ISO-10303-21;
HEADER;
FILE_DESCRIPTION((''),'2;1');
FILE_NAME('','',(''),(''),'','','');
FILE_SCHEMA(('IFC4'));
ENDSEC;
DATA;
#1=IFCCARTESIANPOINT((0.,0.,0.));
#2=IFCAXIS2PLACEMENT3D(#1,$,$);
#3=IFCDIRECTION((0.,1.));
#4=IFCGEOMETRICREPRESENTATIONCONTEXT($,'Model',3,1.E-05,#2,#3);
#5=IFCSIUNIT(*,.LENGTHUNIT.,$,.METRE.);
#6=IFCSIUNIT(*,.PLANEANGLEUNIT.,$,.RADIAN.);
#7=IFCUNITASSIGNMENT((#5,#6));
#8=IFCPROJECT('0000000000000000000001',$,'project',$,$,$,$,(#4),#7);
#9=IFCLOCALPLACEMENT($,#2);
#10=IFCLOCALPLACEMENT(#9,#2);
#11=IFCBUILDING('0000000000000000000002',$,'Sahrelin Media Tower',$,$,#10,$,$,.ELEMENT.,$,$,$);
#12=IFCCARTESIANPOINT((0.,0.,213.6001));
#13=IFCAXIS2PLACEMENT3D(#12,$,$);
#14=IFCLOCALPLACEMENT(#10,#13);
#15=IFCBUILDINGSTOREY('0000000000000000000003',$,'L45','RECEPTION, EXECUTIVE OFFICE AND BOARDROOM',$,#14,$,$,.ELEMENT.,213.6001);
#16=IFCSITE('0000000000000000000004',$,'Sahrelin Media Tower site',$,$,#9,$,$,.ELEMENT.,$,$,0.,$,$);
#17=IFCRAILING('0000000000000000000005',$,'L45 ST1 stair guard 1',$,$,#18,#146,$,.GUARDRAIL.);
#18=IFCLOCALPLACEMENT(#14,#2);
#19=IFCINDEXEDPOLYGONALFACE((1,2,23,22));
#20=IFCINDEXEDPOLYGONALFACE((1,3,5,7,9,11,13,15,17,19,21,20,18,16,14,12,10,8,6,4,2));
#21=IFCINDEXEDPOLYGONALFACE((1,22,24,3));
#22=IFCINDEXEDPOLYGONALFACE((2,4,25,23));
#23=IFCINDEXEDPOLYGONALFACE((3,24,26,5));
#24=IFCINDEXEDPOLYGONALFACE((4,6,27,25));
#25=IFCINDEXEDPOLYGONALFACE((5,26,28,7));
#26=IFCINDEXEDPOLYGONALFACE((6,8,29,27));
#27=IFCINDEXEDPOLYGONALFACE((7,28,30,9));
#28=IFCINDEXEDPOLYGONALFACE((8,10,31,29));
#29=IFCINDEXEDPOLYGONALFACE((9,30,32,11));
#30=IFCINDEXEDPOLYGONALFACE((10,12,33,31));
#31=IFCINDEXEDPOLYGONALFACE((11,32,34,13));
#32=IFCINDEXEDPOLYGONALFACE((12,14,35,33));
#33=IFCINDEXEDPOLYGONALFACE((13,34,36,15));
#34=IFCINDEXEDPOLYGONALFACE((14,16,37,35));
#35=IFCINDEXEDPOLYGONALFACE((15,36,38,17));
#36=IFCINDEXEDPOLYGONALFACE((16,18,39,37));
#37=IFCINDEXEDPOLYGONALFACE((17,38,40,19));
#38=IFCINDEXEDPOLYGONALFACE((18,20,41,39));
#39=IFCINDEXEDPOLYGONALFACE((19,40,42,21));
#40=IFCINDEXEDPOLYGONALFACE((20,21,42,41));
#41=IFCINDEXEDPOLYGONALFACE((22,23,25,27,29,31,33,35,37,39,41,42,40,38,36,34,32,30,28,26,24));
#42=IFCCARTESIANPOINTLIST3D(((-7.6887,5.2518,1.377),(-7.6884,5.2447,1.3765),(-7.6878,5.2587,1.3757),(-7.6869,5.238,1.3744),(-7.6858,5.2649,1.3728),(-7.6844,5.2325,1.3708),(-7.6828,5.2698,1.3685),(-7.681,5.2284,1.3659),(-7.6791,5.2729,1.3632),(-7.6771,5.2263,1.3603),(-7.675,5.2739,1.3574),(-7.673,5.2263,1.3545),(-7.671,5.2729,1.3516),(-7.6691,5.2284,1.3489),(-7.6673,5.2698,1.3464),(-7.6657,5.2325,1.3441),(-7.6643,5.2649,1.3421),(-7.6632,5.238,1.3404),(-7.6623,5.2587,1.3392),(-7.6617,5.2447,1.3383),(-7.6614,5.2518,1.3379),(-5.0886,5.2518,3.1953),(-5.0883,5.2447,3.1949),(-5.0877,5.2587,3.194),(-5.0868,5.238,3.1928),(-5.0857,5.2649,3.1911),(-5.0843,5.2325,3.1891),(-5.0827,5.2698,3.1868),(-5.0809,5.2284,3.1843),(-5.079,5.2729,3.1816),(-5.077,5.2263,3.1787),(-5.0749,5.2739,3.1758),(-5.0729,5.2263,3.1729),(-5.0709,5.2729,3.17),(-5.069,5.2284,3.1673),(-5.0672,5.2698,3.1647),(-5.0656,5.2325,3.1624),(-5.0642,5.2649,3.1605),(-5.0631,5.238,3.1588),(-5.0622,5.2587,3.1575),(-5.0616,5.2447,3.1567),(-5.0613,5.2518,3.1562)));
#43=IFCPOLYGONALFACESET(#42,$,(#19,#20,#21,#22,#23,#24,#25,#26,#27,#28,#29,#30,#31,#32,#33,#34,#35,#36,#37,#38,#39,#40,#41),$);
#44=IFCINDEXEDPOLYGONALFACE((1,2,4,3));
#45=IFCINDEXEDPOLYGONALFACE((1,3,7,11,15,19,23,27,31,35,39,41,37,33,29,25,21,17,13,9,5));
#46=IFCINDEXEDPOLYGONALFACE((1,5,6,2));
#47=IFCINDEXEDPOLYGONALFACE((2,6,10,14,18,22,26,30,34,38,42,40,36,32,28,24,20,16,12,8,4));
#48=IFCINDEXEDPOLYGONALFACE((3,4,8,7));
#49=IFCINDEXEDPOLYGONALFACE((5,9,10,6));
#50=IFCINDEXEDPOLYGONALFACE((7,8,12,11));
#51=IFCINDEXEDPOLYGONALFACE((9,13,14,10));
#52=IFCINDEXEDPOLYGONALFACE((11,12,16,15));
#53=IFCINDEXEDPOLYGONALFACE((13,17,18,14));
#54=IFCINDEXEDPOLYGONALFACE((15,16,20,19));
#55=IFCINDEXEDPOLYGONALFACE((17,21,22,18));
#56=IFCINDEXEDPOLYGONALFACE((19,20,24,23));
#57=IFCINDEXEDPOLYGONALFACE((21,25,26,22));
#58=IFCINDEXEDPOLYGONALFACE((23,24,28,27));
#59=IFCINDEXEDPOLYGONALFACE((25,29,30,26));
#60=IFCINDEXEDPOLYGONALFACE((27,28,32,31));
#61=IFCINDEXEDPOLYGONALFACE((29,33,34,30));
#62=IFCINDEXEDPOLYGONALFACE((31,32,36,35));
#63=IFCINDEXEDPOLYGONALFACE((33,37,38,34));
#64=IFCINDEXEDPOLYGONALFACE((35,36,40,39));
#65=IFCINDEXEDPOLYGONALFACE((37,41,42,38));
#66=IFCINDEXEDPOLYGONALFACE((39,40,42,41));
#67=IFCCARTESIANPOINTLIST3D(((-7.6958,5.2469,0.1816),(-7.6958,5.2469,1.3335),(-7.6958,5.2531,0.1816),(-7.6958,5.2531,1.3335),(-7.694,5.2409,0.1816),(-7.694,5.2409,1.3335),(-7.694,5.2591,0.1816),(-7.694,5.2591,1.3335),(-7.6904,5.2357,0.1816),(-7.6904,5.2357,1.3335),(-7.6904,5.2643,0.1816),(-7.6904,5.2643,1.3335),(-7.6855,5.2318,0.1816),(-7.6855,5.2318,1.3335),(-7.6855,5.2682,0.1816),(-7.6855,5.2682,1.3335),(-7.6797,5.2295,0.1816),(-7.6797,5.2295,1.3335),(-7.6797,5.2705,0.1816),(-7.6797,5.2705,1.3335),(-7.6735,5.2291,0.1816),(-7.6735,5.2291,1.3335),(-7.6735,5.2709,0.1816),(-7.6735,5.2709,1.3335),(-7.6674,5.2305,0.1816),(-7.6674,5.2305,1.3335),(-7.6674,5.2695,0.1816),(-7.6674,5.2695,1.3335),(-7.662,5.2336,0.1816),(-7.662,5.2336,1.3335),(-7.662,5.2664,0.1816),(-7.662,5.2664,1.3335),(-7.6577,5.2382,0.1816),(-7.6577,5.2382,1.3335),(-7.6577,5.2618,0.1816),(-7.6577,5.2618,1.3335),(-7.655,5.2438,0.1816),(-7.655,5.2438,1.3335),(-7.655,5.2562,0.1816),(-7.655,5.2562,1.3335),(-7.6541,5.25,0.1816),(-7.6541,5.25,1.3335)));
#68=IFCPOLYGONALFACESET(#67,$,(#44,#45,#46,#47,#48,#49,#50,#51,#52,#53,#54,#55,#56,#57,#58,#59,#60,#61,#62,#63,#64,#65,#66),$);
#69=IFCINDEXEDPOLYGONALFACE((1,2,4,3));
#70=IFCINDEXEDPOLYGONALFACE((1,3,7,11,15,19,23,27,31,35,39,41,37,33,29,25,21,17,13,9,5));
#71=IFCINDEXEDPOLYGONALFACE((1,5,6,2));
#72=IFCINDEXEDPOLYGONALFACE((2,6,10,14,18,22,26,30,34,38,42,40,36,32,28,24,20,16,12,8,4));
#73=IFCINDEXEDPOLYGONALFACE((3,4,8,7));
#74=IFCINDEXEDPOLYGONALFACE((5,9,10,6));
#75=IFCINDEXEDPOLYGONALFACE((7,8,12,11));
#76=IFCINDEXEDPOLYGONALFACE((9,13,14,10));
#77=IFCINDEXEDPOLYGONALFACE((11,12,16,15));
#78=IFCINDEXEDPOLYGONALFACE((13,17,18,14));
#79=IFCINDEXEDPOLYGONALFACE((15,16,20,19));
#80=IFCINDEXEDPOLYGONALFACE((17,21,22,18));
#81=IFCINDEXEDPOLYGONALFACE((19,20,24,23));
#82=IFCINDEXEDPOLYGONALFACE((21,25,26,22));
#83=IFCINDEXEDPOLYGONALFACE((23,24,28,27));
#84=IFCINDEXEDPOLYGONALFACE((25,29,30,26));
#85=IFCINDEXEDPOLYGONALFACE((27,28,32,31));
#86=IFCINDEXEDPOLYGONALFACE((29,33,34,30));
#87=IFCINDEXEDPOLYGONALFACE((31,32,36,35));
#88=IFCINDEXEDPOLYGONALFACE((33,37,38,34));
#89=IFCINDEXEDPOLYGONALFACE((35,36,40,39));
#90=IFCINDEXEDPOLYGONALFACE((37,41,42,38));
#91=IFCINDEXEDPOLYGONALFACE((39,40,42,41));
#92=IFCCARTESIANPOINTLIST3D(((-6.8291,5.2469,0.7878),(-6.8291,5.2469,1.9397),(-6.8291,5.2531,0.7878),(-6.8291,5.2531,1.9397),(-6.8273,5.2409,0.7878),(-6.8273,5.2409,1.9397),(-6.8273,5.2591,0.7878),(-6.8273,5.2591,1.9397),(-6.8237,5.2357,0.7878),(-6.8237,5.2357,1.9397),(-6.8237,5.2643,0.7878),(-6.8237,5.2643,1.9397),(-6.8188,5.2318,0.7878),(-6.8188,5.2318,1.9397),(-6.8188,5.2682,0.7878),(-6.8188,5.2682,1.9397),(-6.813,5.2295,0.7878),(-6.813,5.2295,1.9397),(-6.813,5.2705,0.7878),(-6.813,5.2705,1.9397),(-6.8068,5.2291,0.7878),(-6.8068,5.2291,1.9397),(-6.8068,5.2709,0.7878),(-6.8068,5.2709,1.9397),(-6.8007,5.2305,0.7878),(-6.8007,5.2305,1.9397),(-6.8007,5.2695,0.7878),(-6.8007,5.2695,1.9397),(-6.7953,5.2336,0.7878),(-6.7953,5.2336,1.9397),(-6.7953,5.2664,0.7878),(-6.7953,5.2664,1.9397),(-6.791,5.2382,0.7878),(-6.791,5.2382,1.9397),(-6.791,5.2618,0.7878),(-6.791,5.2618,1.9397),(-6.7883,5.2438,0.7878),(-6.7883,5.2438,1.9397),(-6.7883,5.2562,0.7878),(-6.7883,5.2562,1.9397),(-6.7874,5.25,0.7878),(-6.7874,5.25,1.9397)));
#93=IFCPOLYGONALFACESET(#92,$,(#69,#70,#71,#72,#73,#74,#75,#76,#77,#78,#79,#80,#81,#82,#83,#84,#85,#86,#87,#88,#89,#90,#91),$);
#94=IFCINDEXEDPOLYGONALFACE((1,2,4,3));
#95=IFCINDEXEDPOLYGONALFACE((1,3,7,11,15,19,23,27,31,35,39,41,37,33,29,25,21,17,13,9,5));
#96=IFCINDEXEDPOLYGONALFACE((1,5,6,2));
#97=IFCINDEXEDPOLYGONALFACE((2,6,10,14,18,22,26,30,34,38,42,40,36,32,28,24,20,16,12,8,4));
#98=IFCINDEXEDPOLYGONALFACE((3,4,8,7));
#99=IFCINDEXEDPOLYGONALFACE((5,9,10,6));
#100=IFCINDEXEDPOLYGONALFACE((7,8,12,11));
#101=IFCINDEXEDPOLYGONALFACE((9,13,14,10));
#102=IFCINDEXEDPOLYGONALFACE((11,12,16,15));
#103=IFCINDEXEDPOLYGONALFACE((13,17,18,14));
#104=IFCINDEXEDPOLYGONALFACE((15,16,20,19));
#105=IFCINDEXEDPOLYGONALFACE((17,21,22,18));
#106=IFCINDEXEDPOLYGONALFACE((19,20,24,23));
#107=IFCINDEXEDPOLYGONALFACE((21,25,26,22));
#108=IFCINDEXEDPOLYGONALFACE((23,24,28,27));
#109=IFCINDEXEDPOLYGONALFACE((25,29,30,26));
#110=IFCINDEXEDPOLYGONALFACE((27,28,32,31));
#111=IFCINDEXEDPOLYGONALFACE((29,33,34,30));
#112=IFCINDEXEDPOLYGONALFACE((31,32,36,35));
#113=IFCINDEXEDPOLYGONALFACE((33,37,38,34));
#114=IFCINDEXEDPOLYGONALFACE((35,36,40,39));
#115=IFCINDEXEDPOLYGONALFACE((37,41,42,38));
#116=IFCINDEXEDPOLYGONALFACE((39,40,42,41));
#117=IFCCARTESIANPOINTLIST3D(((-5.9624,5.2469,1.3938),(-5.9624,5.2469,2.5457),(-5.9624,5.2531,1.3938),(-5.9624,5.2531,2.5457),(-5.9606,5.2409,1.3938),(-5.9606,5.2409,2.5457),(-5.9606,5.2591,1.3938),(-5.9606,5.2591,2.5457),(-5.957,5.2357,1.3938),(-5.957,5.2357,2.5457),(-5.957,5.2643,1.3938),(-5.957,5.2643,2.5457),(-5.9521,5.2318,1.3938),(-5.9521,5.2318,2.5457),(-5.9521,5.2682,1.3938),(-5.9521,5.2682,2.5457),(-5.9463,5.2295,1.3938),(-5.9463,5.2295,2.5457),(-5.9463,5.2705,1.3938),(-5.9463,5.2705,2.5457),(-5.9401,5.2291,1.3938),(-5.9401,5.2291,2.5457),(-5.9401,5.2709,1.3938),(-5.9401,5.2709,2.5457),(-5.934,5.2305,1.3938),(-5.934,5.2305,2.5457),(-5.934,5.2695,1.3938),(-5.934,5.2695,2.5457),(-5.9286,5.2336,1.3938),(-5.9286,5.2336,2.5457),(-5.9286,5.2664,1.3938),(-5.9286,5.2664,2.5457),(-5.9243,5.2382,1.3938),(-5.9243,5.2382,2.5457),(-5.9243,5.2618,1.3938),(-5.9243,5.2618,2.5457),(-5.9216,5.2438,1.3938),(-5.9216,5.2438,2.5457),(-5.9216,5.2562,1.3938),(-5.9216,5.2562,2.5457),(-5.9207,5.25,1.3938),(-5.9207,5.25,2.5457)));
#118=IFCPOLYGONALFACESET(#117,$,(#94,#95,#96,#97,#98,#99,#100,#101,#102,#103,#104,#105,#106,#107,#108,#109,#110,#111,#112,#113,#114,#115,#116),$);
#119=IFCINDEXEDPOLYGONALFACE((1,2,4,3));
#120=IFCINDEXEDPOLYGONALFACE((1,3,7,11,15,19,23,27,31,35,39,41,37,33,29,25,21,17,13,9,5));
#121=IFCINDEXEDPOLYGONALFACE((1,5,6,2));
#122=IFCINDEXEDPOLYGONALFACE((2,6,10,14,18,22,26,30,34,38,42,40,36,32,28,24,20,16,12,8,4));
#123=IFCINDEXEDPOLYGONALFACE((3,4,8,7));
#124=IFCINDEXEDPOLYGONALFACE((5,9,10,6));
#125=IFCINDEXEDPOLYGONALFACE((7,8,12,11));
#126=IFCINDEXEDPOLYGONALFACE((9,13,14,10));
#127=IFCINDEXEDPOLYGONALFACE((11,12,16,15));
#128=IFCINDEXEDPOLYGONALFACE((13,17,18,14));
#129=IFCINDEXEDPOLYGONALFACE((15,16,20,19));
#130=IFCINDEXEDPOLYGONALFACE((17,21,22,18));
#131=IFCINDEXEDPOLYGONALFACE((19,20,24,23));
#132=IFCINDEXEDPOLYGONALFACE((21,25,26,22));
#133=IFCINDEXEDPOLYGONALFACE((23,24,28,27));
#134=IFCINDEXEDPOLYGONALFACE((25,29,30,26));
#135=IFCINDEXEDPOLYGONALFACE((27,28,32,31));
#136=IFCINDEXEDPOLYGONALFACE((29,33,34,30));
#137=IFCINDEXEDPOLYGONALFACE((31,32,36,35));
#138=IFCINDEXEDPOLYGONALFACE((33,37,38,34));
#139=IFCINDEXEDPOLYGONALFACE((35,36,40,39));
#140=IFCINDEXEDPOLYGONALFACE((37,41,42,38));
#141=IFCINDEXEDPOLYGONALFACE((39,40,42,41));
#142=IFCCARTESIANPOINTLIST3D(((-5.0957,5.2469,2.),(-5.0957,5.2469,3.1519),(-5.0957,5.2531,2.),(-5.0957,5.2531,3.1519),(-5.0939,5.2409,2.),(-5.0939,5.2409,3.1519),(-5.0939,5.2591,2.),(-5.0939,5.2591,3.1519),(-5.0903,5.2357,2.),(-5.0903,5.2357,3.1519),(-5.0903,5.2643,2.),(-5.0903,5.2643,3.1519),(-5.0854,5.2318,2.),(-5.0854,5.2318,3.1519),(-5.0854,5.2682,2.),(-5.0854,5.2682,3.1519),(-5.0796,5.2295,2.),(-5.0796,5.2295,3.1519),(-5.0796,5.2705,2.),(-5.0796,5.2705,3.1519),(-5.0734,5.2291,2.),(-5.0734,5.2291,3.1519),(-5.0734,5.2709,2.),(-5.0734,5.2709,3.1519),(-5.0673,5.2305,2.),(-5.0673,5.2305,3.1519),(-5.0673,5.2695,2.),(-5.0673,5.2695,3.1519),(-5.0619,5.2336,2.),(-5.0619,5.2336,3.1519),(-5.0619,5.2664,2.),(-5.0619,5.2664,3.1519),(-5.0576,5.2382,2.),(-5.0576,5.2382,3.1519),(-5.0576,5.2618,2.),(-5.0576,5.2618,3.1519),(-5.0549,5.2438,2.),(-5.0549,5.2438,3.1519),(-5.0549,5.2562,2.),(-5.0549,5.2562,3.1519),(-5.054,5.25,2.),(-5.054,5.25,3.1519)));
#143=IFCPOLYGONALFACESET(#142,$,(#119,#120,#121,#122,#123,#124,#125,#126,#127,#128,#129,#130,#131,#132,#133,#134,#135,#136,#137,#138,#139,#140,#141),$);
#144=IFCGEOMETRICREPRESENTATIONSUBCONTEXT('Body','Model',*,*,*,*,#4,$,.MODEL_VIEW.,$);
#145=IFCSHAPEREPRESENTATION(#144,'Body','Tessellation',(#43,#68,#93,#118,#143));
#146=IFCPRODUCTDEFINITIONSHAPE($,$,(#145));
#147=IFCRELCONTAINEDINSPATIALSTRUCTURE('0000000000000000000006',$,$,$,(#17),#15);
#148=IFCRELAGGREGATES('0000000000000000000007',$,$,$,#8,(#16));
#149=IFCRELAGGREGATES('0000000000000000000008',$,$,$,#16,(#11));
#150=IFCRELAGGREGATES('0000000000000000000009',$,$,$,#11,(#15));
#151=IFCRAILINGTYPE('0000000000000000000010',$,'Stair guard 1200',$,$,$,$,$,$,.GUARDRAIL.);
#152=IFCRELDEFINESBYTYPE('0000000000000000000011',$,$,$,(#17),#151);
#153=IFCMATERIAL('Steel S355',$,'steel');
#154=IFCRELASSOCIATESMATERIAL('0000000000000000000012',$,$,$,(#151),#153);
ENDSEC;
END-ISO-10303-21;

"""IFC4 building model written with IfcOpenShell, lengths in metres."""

from ifc_helpers import new_model, si_unit, direction, frame, origin, origin_2d, place, context, subcontext, project, spatial, circle, extrude, material, type_object, element, save


model = new_model("IFC4")

# Units and contexts
model_context = context("Model", 3, precision=1e-05, world=origin(), true_north=direction((0.0, 1.0)))
body_context = subcontext(model_context, "Body", "Model", "MODEL_VIEW")
ifc_project = project(units=[si_unit("LENGTHUNIT", "METRE"), si_unit("PLANEANGLEUNIT", "RADIAN")], contexts=[model_context])

# Site, building, storey
site_placement = place(None, origin())
site = spatial("IfcSite", under=ifc_project, at=site_placement, Name="Sahrelin Media Tower site", CompositionType="ELEMENT", RefElevation=0.0)
building_placement = place(site_placement, origin())
building = spatial("IfcBuilding", under=site, at=building_placement, Name="Sahrelin Media Tower", CompositionType="ELEMENT")
storey_placement = place(building_placement, frame((0.0, 0.0, 213.6001)))
storey = spatial("IfcBuildingStorey", under=building, at=storey_placement, Name="L45", Description="RECEPTION, EXECUTIVE OFFICE AND BOARDROOM", CompositionType="ELEMENT", Elevation=213.6001)

# Shared definitions
ifc_material_1 = material(Name="Steel S355", Category="steel")

# Railing
railing_type_1 = type_object("IfcRailingType", Name="Stair guard 1200", PredefinedType="GUARDRAIL", material=ifc_material_1)
railing_1_placement = place(storey_placement, frame((-7.675, 5.25, 0.1816)))
element("IfcRailing", 1, at=railing_1_placement, inside=storey, type_object=railing_type_1, Name="L45 ST1 stair guard 1", PredefinedType="GUARDRAIL", context=body_context, shape_type="SweptSolid", body=[
    extrude(circle(Radius=0.0239, at=origin_2d()), frame((0.0, 0.0, 1.1758), z_axis=(0.819485, 0.0, 0.573101), x_axis=(0.0, 1.0, 0.0)), (0.0, 0.0, 1.0), 3.1729),
    extrude(circle(Radius=0.021, at=origin_2d()), origin(), (0.0, 0.0, 1.0), 1.1519),
    extrude(circle(Radius=0.021, at=origin_2d()), frame((0.8667, 0.0, 0.6062)), (0.0, 0.0, 1.0), 1.1519),
    extrude(circle(Radius=0.021, at=origin_2d()), frame((1.7334, 0.0, 1.2122)), (0.0, 0.0, 1.0), 1.1519),
    extrude(circle(Radius=0.021, at=origin_2d()), frame((2.6001, 0.0, 1.8184)), (0.0, 0.0, 1.0), 1.1519),
])

save(model, "model.ifc")
